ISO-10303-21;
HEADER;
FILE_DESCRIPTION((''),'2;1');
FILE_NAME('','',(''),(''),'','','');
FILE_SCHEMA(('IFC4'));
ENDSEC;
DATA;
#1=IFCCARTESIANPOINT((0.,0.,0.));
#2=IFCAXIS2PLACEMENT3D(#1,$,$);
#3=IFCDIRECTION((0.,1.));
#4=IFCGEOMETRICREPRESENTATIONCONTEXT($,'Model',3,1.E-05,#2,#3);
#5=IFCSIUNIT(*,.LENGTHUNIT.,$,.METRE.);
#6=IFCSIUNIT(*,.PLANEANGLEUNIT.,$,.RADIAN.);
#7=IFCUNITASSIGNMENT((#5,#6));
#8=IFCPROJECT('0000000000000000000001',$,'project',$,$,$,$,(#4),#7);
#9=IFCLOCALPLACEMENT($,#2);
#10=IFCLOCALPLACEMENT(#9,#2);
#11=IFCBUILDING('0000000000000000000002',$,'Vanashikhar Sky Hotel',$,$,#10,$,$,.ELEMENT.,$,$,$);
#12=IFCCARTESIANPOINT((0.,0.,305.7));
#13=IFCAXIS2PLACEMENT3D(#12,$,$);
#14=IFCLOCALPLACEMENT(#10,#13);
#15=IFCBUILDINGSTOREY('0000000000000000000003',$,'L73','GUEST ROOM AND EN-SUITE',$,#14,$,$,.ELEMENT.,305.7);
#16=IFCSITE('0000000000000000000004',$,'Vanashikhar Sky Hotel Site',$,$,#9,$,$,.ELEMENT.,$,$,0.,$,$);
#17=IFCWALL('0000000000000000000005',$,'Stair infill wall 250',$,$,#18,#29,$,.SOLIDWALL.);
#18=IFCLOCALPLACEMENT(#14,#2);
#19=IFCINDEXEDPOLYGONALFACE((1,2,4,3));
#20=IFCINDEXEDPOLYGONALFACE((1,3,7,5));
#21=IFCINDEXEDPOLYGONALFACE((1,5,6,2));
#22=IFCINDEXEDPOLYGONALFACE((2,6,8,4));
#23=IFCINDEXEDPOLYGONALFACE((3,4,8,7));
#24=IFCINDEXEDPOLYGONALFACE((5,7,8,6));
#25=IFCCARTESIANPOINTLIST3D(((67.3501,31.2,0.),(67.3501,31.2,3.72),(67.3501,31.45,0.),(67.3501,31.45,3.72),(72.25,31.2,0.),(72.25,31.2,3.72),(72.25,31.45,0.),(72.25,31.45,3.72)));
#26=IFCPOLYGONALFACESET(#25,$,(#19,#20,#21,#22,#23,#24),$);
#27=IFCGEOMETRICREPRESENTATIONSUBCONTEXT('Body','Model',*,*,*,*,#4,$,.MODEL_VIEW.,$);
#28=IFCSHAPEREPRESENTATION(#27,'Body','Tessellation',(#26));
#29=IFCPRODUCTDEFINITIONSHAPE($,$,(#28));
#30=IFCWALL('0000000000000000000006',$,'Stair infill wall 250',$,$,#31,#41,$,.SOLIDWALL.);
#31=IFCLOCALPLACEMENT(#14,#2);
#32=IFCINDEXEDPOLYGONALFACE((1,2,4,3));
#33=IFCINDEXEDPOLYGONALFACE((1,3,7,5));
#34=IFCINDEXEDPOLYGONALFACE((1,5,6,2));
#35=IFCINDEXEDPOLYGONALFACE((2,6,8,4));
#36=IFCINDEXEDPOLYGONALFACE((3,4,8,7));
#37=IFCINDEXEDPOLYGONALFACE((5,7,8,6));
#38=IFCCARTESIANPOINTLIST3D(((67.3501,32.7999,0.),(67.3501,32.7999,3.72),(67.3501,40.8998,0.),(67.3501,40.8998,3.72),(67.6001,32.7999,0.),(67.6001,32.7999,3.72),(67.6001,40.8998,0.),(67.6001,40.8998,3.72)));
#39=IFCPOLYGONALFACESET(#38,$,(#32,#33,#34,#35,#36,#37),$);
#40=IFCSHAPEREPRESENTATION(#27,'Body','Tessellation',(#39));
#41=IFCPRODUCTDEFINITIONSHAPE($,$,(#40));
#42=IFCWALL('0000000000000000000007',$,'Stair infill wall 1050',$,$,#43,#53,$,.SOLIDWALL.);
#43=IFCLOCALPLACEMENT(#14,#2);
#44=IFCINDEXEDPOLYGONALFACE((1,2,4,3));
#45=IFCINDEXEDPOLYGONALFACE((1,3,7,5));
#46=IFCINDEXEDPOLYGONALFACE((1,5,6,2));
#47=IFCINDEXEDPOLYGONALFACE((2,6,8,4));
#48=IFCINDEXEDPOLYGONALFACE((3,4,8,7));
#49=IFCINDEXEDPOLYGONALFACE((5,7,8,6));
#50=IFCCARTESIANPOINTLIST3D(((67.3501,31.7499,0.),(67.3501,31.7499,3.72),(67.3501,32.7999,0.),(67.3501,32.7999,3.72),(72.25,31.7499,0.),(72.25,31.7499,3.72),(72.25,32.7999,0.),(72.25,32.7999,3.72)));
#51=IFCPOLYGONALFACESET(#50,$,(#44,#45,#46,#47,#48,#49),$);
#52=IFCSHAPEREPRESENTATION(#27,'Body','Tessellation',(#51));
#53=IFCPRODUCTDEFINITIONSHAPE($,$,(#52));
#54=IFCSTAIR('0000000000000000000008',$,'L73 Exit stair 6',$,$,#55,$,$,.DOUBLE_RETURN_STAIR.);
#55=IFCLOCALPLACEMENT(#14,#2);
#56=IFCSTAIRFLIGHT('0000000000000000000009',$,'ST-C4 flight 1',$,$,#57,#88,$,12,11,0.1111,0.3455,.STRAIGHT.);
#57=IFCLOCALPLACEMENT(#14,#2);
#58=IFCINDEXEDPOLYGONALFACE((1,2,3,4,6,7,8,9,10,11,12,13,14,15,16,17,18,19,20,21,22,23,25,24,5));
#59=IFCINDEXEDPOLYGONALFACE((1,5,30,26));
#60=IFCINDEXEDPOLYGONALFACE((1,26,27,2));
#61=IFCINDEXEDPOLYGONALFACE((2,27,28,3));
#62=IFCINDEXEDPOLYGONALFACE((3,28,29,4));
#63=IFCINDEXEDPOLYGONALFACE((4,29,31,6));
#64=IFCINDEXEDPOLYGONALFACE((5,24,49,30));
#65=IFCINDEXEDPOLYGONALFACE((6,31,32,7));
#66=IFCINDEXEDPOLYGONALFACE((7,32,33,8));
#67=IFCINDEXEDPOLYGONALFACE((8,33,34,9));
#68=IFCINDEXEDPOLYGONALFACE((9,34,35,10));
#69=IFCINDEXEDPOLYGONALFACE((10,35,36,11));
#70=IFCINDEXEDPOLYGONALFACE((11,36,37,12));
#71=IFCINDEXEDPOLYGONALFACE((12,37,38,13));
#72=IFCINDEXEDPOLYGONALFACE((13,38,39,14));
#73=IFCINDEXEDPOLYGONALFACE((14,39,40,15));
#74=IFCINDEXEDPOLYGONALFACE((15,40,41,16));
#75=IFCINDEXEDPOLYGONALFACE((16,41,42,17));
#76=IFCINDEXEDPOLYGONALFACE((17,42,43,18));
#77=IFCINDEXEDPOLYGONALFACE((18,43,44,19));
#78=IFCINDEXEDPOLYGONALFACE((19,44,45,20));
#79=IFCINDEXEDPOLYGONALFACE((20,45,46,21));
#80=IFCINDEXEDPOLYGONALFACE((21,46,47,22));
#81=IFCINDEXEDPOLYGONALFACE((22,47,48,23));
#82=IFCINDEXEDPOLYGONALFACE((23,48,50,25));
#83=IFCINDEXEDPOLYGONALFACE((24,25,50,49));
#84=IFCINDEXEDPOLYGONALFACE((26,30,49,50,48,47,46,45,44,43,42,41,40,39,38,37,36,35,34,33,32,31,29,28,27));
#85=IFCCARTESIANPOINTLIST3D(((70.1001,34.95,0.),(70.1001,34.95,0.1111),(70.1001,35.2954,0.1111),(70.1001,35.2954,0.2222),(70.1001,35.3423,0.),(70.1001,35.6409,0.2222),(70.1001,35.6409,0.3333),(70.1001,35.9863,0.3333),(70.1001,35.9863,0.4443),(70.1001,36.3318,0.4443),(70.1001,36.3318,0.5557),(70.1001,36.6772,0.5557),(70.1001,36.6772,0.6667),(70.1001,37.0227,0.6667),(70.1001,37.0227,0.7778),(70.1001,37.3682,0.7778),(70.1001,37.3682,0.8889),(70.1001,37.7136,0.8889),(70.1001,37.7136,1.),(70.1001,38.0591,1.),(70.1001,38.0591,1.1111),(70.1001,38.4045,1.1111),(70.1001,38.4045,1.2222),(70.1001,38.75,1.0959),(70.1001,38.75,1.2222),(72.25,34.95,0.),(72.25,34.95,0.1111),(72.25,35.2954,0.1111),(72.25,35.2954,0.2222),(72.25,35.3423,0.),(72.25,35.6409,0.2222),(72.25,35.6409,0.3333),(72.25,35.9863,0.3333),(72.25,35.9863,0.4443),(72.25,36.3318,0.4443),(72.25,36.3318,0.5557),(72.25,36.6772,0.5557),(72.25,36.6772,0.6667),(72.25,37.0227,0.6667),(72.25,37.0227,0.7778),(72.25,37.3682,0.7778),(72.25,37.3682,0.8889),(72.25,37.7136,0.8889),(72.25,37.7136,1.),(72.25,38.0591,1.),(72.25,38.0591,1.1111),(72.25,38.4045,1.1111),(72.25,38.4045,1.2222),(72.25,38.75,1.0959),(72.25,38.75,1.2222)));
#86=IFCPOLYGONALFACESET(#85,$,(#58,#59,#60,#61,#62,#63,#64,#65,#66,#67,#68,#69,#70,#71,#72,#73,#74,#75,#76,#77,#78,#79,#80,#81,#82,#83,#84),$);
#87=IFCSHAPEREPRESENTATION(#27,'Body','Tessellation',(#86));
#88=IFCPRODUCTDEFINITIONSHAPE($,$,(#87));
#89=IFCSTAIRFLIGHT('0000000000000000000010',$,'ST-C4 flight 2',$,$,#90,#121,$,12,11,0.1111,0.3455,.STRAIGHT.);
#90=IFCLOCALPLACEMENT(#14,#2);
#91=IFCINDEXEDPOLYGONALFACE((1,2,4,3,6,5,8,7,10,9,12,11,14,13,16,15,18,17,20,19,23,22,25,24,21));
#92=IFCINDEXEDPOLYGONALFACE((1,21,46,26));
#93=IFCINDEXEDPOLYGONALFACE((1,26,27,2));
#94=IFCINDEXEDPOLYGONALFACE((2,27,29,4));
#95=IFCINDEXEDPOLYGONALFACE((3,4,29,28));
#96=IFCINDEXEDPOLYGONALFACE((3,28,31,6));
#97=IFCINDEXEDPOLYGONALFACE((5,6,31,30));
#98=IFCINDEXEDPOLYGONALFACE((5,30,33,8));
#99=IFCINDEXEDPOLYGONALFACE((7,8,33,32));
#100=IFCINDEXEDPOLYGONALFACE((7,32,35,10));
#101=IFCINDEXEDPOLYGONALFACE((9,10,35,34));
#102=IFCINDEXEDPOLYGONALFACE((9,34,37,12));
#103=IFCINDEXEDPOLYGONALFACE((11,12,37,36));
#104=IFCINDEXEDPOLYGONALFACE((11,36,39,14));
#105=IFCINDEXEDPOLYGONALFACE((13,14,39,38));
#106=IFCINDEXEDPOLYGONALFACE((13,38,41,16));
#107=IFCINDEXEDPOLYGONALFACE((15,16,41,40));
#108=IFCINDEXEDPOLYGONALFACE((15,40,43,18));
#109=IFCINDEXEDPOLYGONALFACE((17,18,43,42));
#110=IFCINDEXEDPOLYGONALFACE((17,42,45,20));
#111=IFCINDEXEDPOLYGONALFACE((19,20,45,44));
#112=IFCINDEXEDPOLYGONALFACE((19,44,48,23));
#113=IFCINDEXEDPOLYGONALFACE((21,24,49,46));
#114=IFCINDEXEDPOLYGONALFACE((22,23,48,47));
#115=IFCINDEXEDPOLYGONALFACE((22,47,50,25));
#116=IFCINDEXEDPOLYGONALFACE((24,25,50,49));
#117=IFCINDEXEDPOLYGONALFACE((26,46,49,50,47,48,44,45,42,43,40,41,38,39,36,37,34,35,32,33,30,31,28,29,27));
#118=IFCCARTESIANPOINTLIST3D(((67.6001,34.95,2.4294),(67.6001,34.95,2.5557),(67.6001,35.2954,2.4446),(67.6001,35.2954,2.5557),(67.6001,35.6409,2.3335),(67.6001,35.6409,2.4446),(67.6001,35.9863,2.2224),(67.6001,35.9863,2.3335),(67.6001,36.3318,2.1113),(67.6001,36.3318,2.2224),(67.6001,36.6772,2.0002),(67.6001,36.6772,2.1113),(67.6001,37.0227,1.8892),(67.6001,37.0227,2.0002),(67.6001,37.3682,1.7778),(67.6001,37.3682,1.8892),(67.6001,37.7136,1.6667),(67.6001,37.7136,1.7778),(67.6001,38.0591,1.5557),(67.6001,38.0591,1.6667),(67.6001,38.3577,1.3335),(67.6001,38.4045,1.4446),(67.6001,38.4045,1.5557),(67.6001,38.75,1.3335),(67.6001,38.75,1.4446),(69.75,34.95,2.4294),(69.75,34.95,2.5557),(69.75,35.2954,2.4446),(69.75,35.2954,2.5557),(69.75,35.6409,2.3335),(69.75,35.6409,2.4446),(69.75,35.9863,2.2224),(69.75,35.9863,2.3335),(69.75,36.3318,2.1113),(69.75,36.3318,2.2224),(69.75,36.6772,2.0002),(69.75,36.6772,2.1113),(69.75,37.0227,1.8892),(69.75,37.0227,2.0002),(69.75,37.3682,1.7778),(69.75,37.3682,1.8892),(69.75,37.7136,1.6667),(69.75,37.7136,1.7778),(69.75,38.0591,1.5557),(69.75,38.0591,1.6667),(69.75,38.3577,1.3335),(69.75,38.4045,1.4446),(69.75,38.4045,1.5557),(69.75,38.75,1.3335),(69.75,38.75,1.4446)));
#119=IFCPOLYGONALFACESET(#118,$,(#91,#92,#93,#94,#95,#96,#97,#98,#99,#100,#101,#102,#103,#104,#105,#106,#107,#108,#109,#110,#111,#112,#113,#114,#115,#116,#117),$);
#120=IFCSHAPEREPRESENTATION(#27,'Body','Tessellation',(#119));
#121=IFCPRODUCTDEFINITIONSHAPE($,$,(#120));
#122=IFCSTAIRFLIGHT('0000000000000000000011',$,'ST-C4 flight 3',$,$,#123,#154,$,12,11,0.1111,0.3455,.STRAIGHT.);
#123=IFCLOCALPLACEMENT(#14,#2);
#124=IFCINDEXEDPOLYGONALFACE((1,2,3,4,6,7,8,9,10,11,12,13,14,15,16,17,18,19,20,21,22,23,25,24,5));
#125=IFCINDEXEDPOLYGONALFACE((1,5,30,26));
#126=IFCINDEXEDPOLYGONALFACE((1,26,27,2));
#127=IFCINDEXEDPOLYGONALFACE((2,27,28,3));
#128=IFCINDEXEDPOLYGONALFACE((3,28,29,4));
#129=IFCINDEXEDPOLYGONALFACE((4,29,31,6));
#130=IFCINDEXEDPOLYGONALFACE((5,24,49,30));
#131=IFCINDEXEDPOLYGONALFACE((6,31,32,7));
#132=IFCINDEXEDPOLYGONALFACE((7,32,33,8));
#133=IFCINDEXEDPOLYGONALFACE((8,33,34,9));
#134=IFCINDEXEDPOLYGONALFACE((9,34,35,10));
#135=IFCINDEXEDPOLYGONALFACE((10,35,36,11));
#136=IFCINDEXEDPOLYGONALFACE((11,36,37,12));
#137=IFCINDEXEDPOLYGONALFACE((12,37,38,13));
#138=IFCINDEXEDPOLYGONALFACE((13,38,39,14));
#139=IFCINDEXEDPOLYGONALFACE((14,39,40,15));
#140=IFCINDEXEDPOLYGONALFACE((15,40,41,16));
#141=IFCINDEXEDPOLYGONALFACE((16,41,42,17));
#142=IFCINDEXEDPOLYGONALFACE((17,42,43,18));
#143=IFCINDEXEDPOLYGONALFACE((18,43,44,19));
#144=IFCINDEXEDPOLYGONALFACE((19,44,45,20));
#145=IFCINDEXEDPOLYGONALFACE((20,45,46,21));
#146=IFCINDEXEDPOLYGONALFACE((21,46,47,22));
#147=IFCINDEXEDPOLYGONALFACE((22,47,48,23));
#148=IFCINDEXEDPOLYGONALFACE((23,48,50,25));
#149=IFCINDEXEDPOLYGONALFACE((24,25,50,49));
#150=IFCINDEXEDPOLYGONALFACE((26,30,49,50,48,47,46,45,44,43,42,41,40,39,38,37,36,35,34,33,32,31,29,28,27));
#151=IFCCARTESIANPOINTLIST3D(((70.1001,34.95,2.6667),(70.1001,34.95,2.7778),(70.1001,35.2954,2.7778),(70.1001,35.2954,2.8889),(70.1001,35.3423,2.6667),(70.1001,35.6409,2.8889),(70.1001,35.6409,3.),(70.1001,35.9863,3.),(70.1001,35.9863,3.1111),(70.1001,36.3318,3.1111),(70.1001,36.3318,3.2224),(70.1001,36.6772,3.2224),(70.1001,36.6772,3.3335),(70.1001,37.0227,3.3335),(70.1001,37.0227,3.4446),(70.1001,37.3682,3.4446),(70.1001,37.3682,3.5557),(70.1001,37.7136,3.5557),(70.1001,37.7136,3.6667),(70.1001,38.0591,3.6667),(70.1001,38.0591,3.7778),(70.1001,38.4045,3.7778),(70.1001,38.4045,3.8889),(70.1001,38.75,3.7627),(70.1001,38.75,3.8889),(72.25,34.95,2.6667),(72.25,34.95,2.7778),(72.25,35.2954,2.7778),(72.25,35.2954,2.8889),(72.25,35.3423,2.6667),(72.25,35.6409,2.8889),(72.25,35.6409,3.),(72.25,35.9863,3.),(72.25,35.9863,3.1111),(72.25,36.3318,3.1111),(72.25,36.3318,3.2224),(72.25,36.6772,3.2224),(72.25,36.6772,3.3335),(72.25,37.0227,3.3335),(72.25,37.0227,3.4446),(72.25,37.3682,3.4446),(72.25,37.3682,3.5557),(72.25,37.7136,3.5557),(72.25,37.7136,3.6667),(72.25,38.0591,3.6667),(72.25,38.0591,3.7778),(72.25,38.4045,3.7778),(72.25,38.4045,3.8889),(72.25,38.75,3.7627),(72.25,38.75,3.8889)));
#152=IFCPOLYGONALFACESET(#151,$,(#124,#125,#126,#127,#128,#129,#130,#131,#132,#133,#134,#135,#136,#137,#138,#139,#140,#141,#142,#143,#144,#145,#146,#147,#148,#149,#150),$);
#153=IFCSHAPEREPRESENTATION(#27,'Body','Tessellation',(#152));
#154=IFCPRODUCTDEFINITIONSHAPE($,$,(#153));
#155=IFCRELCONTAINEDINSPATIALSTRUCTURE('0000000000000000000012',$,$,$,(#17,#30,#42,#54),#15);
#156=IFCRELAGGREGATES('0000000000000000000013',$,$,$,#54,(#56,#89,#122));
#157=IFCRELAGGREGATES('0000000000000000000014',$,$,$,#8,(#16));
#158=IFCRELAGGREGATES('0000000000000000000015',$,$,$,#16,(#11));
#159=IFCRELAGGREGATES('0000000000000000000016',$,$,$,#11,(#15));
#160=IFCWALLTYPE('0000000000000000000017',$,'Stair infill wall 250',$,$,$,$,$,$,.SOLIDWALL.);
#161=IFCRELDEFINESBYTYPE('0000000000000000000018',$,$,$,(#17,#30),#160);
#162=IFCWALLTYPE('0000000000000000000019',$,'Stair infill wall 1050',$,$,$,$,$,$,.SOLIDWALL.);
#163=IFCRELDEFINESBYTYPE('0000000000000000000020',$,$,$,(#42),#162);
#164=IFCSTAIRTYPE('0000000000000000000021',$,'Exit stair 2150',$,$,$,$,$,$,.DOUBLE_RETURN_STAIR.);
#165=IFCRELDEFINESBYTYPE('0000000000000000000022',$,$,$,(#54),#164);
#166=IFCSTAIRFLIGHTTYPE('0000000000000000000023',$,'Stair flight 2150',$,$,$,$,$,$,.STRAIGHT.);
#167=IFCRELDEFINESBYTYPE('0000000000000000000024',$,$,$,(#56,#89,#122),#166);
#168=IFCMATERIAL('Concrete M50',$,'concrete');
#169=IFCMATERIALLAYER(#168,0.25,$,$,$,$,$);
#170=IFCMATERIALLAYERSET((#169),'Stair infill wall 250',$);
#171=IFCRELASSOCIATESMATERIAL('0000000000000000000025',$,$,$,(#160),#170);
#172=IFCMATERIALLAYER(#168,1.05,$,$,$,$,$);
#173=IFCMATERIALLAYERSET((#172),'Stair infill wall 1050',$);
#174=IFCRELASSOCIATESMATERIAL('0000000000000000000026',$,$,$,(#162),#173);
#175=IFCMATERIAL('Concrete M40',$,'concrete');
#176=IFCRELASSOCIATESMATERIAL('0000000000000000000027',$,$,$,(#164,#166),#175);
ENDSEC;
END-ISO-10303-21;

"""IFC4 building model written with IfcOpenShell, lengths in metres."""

from ifc_helpers import new_model, si_unit, direction, frame, frame_2d, origin, place, context, subcontext, project, spatial, polyline, rectangle, outline, extrude, source, transform, mapped, material, layer, layer_set, type_object, element, aggregate, save


model = new_model("IFC4")

# Units and contexts
model_context = context("Model", 3, precision=1e-05, world=origin(), true_north=direction((0.0, 1.0)))
body_context = subcontext(model_context, "Body", "Model", "MODEL_VIEW")
ifc_project = project(units=[si_unit("LENGTHUNIT", "METRE"), si_unit("PLANEANGLEUNIT", "RADIAN")], contexts=[model_context])

# Site, building, storey
site_placement = place(None, origin())
site = spatial("IfcSite", under=ifc_project, at=site_placement, Name="Vanashikhar Sky Hotel Site", CompositionType="ELEMENT", RefElevation=0.0)
building_placement = place(site_placement, origin())
building = spatial("IfcBuilding", under=site, at=building_placement, Name="Vanashikhar Sky Hotel", CompositionType="ELEMENT")
storey_placement = place(building_placement, frame((0.0, 0.0, 305.7)))
storey = spatial("IfcBuildingStorey", under=building, at=storey_placement, Name="L73", Description="GUEST ROOM AND EN-SUITE", CompositionType="ELEMENT", Elevation=305.7)

# Shared definitions
ifc_material_1 = material(Name="Concrete M50", Category="concrete")

# Shared definitions
ifc_material_2 = material(Name="Concrete M40", Category="concrete")

# Walls
ifc_layer_1 = layer(ifc_material_1, 0.25)
ifc_layer_set_1 = layer_set([ifc_layer_1], Name="Stair infill wall 250")
wall_type_1 = type_object("IfcWallType", Name="Stair infill wall 250", PredefinedType="SOLIDWALL", material=ifc_layer_set_1)
shared_shape_1 = source(origin(), body_context, "Body", "SweptSolid", [
    extrude(rectangle(XDim=4.8999, YDim=0.25, at=frame_2d((2.45, 0.0))), origin(), (0.0, 0.0, 1.0), 3.72),
])
wall_1_placement = place(storey_placement, frame((67.3501, 31.325, 0.0), z_axis=(0.0, 0.0, 1.0), x_axis=(1.0, 0.0, 0.0)))
element("IfcWall", 1, at=wall_1_placement, inside=storey, type_object=wall_type_1, Name="Stair infill wall 250", PredefinedType="SOLIDWALL", context=body_context, shape_type="MappedRepresentation", body=[
    mapped(shared_shape_1, transform((0.0, 0.0, 0.0), scale=1.0)),
])
shared_shape_2 = source(origin(), body_context, "Body", "SweptSolid", [
    extrude(rectangle(XDim=8.0999, YDim=0.25, at=frame_2d((4.0498, 0.0))), origin(), (0.0, 0.0, 1.0), 3.72),
])
wall_2_placement = place(storey_placement, frame((67.4751, 32.8, 0.0), z_axis=(0.0, 0.0, 1.0), x_axis=(0.0, 1.0, 0.0)))
element("IfcWall", 2, at=wall_2_placement, inside=storey, type_object=wall_type_1, Name="Stair infill wall 250", PredefinedType="SOLIDWALL", context=body_context, shape_type="MappedRepresentation", body=[
    mapped(shared_shape_2, transform((0.0, 0.0, 0.0), scale=1.0)),
])
ifc_layer_2 = layer(ifc_material_1, 1.05)
ifc_layer_set_2 = layer_set([ifc_layer_2], Name="Stair infill wall 1050")
wall_type_2 = type_object("IfcWallType", Name="Stair infill wall 1050", PredefinedType="SOLIDWALL", material=ifc_layer_set_2)
shared_shape_3 = source(origin(), body_context, "Body", "SweptSolid", [
    extrude(rectangle(XDim=4.8999, YDim=1.05, at=frame_2d((2.45, 0.0))), origin(), (0.0, 0.0, 1.0), 3.72),
])
wall_3_placement = place(storey_placement, frame((67.3501, 32.2749, 0.0), z_axis=(0.0, 0.0, 1.0), x_axis=(1.0, 0.0, 0.0)))
element("IfcWall", 3, at=wall_3_placement, inside=storey, type_object=wall_type_2, Name="Stair infill wall 1050", PredefinedType="SOLIDWALL", context=body_context, shape_type="MappedRepresentation", body=[
    mapped(shared_shape_3, transform((0.0, 0.0, 0.0), scale=1.0)),
])

# Stair, stair flights
stair_type = type_object("IfcStairType", Name="Exit stair 2150", PredefinedType="DOUBLE_RETURN_STAIR", material=ifc_material_2)
stair_placement = place(storey_placement, origin())
stair = element("IfcStair", 4, at=stair_placement, inside=storey, type_object=stair_type, Name="L73 Exit stair 6", PredefinedType="DOUBLE_RETURN_STAIR")
stair_flight_type = type_object("IfcStairFlightType", Name="Stair flight 2150", PredefinedType="STRAIGHT", material=ifc_material_2)
shared_shape_4 = source(origin(), body_context, "Body", "SweptSolid", [
    extrude(outline(polyline([(0.0, 0.0), (0.0, 0.1111), (0.3455, 0.1111), (0.3455, 0.2222), (0.6909, 0.2222), (0.6909, 0.3333), (1.0364, 0.3333), (1.0364, 0.4443), (1.3818, 0.4443), (1.3818, 0.5557), (1.7273, 0.5557), (1.7273, 0.6667), (2.0728, 0.6667), (2.0728, 0.7778), (2.4182, 0.7778), (2.4182, 0.8889), (2.7637, 0.8889), (2.7637, 1.0), (3.1091, 1.0), (3.1091, 1.1111), (3.4546, 1.1111), (3.4546, 1.2222), (3.8, 1.2222), (3.8, 1.3333), (3.8, 1.0959), (0.3923, 0.0), (0.0, 0.0)])), frame((0.0, 1.075, 0.0), z_axis=(0.0, -1.0, 0.0), x_axis=(1.0, 0.0, 0.0)), (0.0, 0.0, 1.0), 2.1499),
])
stair_flight_1_placement = place(storey_placement, frame((71.175, 34.95, 0.0), z_axis=(0.0, 0.0, 1.0), x_axis=(0.0, 1.0, 0.0)))
stair_flight_1 = element("IfcStairFlight", 5, at=stair_flight_1_placement, type_object=stair_flight_type, Name="ST-C4 flight 1", NumberOfRisers=12, NumberOfTreads=11, PredefinedType="STRAIGHT", RiserHeight=0.1111, TreadLength=0.3455, context=body_context, shape_type="MappedRepresentation", body=[
    mapped(shared_shape_4, transform((0.0, 0.0, 0.0), scale=1.0)),
])
stair_flight_2_placement = place(storey_placement, frame((68.675, 38.75, 1.3335), z_axis=(0.0, 0.0, 1.0), x_axis=(0.0, -1.0, 0.0)))
stair_flight_2 = element("IfcStairFlight", 6, at=stair_flight_2_placement, type_object=stair_flight_type, Name="ST-C4 flight 2", NumberOfRisers=12, NumberOfTreads=11, PredefinedType="STRAIGHT", RiserHeight=0.1111, TreadLength=0.3455, context=body_context, shape_type="MappedRepresentation", body=[
    mapped(shared_shape_4, transform((0.0, 0.0, 0.0), scale=1.0)),
])
stair_flight_3_placement = place(storey_placement, frame((71.175, 34.95, 2.6667), z_axis=(0.0, 0.0, 1.0), x_axis=(0.0, 1.0, 0.0)))
stair_flight_3 = element("IfcStairFlight", 7, at=stair_flight_3_placement, type_object=stair_flight_type, Name="ST-C4 flight 3", NumberOfRisers=12, NumberOfTreads=11, PredefinedType="STRAIGHT", RiserHeight=0.1111, TreadLength=0.3455, context=body_context, shape_type="MappedRepresentation", body=[
    mapped(shared_shape_4, transform((0.0, 0.0, 0.0), scale=1.0)),
])
aggregate(stair, [stair_flight_1, stair_flight_2, stair_flight_3])

save(model, "model.ifc")
